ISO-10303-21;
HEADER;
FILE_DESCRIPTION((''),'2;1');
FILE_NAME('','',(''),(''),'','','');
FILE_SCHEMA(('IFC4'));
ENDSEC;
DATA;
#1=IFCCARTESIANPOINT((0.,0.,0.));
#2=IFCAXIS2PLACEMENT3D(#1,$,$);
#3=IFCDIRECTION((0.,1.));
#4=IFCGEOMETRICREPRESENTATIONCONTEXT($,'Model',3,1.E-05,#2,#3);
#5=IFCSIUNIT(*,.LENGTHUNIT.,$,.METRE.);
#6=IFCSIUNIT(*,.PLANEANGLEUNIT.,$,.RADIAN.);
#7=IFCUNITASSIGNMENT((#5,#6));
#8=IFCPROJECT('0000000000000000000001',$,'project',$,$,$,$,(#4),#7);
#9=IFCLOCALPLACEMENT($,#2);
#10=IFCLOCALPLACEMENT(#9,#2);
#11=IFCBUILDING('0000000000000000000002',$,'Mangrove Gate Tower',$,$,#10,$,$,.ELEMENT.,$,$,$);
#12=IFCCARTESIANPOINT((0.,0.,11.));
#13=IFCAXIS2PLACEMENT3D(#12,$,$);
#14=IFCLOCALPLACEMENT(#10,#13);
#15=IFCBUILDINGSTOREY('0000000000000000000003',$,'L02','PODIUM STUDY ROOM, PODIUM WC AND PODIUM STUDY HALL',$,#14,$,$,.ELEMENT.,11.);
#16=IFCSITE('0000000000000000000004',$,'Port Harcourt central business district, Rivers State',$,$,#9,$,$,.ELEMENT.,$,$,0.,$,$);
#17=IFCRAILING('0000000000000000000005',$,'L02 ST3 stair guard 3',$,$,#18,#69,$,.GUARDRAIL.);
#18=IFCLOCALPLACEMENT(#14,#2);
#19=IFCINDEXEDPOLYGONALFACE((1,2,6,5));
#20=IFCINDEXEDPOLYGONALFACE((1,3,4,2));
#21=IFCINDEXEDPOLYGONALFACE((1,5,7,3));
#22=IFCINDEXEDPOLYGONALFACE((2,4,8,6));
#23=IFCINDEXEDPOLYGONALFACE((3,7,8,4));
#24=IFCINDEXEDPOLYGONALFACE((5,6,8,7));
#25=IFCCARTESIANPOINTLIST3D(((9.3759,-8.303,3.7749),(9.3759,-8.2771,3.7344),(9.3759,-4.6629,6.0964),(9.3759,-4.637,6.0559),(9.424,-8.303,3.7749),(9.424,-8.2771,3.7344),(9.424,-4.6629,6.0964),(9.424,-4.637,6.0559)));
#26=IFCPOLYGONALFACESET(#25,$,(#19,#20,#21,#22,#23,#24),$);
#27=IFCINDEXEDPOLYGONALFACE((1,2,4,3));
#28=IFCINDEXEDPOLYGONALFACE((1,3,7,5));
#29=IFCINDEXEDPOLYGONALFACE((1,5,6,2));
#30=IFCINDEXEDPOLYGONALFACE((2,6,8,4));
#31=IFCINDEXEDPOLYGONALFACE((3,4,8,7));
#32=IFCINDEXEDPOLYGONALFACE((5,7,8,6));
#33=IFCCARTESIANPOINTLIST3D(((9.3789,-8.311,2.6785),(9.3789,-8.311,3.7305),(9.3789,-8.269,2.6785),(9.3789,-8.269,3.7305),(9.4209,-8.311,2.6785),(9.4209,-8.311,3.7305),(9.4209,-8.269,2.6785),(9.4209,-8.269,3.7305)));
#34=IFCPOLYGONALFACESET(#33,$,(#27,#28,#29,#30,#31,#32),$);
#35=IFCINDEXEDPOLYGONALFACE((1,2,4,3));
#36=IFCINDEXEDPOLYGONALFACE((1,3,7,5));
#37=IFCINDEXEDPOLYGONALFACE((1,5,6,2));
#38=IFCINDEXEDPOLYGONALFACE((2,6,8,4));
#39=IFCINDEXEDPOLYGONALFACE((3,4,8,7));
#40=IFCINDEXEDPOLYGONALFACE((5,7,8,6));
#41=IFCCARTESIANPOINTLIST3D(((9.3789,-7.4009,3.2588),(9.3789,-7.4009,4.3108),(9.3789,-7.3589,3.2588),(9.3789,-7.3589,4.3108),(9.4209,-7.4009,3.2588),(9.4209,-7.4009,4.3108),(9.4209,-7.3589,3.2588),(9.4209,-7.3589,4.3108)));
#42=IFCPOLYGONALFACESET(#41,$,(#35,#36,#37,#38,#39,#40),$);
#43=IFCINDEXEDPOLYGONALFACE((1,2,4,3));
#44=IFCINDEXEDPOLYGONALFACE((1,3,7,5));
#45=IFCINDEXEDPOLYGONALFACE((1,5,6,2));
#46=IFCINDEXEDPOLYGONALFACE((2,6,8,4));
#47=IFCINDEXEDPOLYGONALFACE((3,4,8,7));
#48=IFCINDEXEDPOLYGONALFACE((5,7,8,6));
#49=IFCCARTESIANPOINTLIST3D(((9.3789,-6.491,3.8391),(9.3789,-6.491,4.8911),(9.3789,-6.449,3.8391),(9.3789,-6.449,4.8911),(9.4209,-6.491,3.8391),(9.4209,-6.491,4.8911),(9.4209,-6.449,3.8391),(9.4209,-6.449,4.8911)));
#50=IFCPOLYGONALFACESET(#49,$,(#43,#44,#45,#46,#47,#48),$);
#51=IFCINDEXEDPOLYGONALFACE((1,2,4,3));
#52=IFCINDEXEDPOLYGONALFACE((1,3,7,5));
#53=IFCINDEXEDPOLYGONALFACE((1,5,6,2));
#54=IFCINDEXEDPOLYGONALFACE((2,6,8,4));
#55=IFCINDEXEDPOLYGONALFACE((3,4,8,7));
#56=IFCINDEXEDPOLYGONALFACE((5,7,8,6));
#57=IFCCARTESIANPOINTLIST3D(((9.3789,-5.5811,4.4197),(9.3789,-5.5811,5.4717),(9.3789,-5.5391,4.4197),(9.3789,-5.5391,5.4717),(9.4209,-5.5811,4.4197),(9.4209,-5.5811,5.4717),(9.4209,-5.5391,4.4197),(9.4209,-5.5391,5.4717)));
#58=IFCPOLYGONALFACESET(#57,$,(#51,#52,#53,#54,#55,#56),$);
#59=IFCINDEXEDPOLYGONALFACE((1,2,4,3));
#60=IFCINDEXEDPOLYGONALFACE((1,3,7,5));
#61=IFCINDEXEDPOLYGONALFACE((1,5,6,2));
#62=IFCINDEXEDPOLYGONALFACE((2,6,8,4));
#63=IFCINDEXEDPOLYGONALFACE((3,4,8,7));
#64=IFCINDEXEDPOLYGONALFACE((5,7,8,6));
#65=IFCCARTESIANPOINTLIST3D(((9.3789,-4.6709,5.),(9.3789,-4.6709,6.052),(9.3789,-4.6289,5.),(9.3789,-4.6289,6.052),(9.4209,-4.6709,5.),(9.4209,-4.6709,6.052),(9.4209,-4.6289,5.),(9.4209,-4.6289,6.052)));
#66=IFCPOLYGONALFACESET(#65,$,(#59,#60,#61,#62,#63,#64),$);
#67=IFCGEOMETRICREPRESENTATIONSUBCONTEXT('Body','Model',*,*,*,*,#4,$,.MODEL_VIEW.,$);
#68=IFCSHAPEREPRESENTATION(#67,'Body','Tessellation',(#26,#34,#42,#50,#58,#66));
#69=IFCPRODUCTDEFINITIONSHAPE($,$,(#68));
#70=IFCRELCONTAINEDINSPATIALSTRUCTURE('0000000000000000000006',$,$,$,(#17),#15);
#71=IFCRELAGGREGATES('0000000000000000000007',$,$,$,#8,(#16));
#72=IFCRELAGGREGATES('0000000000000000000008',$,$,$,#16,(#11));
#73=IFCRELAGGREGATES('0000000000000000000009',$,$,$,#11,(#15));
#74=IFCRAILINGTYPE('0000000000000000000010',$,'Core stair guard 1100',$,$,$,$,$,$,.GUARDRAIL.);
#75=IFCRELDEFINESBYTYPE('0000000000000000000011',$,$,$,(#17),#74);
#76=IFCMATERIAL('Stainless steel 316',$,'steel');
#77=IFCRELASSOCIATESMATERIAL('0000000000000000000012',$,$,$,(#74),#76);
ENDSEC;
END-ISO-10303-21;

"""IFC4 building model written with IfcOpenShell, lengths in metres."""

from ifc_helpers import new_model, si_unit, direction, frame, origin, origin_2d, place, context, subcontext, project, spatial, rectangle, extrude, material, type_object, element, save


model = new_model("IFC4")

# Units and contexts
model_context = context("Model", 3, precision=1e-05, world=origin(), true_north=direction((0.0, 1.0)))
body_context = subcontext(model_context, "Body", "Model", "MODEL_VIEW")
ifc_project = project(units=[si_unit("LENGTHUNIT", "METRE"), si_unit("PLANEANGLEUNIT", "RADIAN")], contexts=[model_context])

# Site, building, storey
site_placement = place(None, origin())
site = spatial("IfcSite", under=ifc_project, at=site_placement, Name="Port Harcourt central business district, Rivers State", CompositionType="ELEMENT", RefElevation=0.0)
building_placement = place(site_placement, origin())
building = spatial("IfcBuilding", under=site, at=building_placement, Name="Mangrove Gate Tower", CompositionType="ELEMENT")
storey_placement = place(building_placement, frame((0.0, 0.0, 11.0)))
storey = spatial("IfcBuildingStorey", under=building, at=storey_placement, Name="L02", Description="PODIUM STUDY ROOM, PODIUM WC AND PODIUM STUDY HALL", CompositionType="ELEMENT", Elevation=11.0)

# Railing
ifc_material_1 = material(Name="Stainless steel 316", Category="steel")
railing_type_1 = type_object("IfcRailingType", Name="Core stair guard 1100", PredefinedType="GUARDRAIL", material=ifc_material_1)
railing_1_placement = place(storey_placement, frame((9.3999, -8.29, 2.6785)))
element("IfcRailing", 1, at=railing_1_placement, inside=storey, type_object=railing_type_1, Name="L02 ST3 stair guard 3", PredefinedType="GUARDRAIL", context=body_context, shape_type="SweptSolid", body=[
    extrude(rectangle(XDim=0.0481, YDim=0.0481, at=origin_2d()), frame((0.0, 0.0, 1.0762), z_axis=(0.0, 0.843128, 0.537713), x_axis=(-1.0, 0.0, 0.0)), (0.0, 0.0, 1.0), 4.3174),
    extrude(rectangle(XDim=0.042, YDim=0.042, at=origin_2d()), origin(), (0.0, 0.0, 1.0), 1.052),
    extrude(rectangle(XDim=0.042, YDim=0.042, at=origin_2d()), frame((0.0, 0.9102, 0.5803)), (0.0, 0.0, 1.0), 1.052),
    extrude(rectangle(XDim=0.042, YDim=0.042, at=origin_2d()), frame((0.0, 1.8201, 1.1606)), (0.0, 0.0, 1.0), 1.052),
    extrude(rectangle(XDim=0.042, YDim=0.042, at=origin_2d()), frame((0.0, 2.73, 1.7412)), (0.0, 0.0, 1.0), 1.052),
    extrude(rectangle(XDim=0.042, YDim=0.042, at=origin_2d()), frame((0.0, 3.6401, 2.3215)), (0.0, 0.0, 1.0), 1.052),
])

save(model, "model.ifc")
